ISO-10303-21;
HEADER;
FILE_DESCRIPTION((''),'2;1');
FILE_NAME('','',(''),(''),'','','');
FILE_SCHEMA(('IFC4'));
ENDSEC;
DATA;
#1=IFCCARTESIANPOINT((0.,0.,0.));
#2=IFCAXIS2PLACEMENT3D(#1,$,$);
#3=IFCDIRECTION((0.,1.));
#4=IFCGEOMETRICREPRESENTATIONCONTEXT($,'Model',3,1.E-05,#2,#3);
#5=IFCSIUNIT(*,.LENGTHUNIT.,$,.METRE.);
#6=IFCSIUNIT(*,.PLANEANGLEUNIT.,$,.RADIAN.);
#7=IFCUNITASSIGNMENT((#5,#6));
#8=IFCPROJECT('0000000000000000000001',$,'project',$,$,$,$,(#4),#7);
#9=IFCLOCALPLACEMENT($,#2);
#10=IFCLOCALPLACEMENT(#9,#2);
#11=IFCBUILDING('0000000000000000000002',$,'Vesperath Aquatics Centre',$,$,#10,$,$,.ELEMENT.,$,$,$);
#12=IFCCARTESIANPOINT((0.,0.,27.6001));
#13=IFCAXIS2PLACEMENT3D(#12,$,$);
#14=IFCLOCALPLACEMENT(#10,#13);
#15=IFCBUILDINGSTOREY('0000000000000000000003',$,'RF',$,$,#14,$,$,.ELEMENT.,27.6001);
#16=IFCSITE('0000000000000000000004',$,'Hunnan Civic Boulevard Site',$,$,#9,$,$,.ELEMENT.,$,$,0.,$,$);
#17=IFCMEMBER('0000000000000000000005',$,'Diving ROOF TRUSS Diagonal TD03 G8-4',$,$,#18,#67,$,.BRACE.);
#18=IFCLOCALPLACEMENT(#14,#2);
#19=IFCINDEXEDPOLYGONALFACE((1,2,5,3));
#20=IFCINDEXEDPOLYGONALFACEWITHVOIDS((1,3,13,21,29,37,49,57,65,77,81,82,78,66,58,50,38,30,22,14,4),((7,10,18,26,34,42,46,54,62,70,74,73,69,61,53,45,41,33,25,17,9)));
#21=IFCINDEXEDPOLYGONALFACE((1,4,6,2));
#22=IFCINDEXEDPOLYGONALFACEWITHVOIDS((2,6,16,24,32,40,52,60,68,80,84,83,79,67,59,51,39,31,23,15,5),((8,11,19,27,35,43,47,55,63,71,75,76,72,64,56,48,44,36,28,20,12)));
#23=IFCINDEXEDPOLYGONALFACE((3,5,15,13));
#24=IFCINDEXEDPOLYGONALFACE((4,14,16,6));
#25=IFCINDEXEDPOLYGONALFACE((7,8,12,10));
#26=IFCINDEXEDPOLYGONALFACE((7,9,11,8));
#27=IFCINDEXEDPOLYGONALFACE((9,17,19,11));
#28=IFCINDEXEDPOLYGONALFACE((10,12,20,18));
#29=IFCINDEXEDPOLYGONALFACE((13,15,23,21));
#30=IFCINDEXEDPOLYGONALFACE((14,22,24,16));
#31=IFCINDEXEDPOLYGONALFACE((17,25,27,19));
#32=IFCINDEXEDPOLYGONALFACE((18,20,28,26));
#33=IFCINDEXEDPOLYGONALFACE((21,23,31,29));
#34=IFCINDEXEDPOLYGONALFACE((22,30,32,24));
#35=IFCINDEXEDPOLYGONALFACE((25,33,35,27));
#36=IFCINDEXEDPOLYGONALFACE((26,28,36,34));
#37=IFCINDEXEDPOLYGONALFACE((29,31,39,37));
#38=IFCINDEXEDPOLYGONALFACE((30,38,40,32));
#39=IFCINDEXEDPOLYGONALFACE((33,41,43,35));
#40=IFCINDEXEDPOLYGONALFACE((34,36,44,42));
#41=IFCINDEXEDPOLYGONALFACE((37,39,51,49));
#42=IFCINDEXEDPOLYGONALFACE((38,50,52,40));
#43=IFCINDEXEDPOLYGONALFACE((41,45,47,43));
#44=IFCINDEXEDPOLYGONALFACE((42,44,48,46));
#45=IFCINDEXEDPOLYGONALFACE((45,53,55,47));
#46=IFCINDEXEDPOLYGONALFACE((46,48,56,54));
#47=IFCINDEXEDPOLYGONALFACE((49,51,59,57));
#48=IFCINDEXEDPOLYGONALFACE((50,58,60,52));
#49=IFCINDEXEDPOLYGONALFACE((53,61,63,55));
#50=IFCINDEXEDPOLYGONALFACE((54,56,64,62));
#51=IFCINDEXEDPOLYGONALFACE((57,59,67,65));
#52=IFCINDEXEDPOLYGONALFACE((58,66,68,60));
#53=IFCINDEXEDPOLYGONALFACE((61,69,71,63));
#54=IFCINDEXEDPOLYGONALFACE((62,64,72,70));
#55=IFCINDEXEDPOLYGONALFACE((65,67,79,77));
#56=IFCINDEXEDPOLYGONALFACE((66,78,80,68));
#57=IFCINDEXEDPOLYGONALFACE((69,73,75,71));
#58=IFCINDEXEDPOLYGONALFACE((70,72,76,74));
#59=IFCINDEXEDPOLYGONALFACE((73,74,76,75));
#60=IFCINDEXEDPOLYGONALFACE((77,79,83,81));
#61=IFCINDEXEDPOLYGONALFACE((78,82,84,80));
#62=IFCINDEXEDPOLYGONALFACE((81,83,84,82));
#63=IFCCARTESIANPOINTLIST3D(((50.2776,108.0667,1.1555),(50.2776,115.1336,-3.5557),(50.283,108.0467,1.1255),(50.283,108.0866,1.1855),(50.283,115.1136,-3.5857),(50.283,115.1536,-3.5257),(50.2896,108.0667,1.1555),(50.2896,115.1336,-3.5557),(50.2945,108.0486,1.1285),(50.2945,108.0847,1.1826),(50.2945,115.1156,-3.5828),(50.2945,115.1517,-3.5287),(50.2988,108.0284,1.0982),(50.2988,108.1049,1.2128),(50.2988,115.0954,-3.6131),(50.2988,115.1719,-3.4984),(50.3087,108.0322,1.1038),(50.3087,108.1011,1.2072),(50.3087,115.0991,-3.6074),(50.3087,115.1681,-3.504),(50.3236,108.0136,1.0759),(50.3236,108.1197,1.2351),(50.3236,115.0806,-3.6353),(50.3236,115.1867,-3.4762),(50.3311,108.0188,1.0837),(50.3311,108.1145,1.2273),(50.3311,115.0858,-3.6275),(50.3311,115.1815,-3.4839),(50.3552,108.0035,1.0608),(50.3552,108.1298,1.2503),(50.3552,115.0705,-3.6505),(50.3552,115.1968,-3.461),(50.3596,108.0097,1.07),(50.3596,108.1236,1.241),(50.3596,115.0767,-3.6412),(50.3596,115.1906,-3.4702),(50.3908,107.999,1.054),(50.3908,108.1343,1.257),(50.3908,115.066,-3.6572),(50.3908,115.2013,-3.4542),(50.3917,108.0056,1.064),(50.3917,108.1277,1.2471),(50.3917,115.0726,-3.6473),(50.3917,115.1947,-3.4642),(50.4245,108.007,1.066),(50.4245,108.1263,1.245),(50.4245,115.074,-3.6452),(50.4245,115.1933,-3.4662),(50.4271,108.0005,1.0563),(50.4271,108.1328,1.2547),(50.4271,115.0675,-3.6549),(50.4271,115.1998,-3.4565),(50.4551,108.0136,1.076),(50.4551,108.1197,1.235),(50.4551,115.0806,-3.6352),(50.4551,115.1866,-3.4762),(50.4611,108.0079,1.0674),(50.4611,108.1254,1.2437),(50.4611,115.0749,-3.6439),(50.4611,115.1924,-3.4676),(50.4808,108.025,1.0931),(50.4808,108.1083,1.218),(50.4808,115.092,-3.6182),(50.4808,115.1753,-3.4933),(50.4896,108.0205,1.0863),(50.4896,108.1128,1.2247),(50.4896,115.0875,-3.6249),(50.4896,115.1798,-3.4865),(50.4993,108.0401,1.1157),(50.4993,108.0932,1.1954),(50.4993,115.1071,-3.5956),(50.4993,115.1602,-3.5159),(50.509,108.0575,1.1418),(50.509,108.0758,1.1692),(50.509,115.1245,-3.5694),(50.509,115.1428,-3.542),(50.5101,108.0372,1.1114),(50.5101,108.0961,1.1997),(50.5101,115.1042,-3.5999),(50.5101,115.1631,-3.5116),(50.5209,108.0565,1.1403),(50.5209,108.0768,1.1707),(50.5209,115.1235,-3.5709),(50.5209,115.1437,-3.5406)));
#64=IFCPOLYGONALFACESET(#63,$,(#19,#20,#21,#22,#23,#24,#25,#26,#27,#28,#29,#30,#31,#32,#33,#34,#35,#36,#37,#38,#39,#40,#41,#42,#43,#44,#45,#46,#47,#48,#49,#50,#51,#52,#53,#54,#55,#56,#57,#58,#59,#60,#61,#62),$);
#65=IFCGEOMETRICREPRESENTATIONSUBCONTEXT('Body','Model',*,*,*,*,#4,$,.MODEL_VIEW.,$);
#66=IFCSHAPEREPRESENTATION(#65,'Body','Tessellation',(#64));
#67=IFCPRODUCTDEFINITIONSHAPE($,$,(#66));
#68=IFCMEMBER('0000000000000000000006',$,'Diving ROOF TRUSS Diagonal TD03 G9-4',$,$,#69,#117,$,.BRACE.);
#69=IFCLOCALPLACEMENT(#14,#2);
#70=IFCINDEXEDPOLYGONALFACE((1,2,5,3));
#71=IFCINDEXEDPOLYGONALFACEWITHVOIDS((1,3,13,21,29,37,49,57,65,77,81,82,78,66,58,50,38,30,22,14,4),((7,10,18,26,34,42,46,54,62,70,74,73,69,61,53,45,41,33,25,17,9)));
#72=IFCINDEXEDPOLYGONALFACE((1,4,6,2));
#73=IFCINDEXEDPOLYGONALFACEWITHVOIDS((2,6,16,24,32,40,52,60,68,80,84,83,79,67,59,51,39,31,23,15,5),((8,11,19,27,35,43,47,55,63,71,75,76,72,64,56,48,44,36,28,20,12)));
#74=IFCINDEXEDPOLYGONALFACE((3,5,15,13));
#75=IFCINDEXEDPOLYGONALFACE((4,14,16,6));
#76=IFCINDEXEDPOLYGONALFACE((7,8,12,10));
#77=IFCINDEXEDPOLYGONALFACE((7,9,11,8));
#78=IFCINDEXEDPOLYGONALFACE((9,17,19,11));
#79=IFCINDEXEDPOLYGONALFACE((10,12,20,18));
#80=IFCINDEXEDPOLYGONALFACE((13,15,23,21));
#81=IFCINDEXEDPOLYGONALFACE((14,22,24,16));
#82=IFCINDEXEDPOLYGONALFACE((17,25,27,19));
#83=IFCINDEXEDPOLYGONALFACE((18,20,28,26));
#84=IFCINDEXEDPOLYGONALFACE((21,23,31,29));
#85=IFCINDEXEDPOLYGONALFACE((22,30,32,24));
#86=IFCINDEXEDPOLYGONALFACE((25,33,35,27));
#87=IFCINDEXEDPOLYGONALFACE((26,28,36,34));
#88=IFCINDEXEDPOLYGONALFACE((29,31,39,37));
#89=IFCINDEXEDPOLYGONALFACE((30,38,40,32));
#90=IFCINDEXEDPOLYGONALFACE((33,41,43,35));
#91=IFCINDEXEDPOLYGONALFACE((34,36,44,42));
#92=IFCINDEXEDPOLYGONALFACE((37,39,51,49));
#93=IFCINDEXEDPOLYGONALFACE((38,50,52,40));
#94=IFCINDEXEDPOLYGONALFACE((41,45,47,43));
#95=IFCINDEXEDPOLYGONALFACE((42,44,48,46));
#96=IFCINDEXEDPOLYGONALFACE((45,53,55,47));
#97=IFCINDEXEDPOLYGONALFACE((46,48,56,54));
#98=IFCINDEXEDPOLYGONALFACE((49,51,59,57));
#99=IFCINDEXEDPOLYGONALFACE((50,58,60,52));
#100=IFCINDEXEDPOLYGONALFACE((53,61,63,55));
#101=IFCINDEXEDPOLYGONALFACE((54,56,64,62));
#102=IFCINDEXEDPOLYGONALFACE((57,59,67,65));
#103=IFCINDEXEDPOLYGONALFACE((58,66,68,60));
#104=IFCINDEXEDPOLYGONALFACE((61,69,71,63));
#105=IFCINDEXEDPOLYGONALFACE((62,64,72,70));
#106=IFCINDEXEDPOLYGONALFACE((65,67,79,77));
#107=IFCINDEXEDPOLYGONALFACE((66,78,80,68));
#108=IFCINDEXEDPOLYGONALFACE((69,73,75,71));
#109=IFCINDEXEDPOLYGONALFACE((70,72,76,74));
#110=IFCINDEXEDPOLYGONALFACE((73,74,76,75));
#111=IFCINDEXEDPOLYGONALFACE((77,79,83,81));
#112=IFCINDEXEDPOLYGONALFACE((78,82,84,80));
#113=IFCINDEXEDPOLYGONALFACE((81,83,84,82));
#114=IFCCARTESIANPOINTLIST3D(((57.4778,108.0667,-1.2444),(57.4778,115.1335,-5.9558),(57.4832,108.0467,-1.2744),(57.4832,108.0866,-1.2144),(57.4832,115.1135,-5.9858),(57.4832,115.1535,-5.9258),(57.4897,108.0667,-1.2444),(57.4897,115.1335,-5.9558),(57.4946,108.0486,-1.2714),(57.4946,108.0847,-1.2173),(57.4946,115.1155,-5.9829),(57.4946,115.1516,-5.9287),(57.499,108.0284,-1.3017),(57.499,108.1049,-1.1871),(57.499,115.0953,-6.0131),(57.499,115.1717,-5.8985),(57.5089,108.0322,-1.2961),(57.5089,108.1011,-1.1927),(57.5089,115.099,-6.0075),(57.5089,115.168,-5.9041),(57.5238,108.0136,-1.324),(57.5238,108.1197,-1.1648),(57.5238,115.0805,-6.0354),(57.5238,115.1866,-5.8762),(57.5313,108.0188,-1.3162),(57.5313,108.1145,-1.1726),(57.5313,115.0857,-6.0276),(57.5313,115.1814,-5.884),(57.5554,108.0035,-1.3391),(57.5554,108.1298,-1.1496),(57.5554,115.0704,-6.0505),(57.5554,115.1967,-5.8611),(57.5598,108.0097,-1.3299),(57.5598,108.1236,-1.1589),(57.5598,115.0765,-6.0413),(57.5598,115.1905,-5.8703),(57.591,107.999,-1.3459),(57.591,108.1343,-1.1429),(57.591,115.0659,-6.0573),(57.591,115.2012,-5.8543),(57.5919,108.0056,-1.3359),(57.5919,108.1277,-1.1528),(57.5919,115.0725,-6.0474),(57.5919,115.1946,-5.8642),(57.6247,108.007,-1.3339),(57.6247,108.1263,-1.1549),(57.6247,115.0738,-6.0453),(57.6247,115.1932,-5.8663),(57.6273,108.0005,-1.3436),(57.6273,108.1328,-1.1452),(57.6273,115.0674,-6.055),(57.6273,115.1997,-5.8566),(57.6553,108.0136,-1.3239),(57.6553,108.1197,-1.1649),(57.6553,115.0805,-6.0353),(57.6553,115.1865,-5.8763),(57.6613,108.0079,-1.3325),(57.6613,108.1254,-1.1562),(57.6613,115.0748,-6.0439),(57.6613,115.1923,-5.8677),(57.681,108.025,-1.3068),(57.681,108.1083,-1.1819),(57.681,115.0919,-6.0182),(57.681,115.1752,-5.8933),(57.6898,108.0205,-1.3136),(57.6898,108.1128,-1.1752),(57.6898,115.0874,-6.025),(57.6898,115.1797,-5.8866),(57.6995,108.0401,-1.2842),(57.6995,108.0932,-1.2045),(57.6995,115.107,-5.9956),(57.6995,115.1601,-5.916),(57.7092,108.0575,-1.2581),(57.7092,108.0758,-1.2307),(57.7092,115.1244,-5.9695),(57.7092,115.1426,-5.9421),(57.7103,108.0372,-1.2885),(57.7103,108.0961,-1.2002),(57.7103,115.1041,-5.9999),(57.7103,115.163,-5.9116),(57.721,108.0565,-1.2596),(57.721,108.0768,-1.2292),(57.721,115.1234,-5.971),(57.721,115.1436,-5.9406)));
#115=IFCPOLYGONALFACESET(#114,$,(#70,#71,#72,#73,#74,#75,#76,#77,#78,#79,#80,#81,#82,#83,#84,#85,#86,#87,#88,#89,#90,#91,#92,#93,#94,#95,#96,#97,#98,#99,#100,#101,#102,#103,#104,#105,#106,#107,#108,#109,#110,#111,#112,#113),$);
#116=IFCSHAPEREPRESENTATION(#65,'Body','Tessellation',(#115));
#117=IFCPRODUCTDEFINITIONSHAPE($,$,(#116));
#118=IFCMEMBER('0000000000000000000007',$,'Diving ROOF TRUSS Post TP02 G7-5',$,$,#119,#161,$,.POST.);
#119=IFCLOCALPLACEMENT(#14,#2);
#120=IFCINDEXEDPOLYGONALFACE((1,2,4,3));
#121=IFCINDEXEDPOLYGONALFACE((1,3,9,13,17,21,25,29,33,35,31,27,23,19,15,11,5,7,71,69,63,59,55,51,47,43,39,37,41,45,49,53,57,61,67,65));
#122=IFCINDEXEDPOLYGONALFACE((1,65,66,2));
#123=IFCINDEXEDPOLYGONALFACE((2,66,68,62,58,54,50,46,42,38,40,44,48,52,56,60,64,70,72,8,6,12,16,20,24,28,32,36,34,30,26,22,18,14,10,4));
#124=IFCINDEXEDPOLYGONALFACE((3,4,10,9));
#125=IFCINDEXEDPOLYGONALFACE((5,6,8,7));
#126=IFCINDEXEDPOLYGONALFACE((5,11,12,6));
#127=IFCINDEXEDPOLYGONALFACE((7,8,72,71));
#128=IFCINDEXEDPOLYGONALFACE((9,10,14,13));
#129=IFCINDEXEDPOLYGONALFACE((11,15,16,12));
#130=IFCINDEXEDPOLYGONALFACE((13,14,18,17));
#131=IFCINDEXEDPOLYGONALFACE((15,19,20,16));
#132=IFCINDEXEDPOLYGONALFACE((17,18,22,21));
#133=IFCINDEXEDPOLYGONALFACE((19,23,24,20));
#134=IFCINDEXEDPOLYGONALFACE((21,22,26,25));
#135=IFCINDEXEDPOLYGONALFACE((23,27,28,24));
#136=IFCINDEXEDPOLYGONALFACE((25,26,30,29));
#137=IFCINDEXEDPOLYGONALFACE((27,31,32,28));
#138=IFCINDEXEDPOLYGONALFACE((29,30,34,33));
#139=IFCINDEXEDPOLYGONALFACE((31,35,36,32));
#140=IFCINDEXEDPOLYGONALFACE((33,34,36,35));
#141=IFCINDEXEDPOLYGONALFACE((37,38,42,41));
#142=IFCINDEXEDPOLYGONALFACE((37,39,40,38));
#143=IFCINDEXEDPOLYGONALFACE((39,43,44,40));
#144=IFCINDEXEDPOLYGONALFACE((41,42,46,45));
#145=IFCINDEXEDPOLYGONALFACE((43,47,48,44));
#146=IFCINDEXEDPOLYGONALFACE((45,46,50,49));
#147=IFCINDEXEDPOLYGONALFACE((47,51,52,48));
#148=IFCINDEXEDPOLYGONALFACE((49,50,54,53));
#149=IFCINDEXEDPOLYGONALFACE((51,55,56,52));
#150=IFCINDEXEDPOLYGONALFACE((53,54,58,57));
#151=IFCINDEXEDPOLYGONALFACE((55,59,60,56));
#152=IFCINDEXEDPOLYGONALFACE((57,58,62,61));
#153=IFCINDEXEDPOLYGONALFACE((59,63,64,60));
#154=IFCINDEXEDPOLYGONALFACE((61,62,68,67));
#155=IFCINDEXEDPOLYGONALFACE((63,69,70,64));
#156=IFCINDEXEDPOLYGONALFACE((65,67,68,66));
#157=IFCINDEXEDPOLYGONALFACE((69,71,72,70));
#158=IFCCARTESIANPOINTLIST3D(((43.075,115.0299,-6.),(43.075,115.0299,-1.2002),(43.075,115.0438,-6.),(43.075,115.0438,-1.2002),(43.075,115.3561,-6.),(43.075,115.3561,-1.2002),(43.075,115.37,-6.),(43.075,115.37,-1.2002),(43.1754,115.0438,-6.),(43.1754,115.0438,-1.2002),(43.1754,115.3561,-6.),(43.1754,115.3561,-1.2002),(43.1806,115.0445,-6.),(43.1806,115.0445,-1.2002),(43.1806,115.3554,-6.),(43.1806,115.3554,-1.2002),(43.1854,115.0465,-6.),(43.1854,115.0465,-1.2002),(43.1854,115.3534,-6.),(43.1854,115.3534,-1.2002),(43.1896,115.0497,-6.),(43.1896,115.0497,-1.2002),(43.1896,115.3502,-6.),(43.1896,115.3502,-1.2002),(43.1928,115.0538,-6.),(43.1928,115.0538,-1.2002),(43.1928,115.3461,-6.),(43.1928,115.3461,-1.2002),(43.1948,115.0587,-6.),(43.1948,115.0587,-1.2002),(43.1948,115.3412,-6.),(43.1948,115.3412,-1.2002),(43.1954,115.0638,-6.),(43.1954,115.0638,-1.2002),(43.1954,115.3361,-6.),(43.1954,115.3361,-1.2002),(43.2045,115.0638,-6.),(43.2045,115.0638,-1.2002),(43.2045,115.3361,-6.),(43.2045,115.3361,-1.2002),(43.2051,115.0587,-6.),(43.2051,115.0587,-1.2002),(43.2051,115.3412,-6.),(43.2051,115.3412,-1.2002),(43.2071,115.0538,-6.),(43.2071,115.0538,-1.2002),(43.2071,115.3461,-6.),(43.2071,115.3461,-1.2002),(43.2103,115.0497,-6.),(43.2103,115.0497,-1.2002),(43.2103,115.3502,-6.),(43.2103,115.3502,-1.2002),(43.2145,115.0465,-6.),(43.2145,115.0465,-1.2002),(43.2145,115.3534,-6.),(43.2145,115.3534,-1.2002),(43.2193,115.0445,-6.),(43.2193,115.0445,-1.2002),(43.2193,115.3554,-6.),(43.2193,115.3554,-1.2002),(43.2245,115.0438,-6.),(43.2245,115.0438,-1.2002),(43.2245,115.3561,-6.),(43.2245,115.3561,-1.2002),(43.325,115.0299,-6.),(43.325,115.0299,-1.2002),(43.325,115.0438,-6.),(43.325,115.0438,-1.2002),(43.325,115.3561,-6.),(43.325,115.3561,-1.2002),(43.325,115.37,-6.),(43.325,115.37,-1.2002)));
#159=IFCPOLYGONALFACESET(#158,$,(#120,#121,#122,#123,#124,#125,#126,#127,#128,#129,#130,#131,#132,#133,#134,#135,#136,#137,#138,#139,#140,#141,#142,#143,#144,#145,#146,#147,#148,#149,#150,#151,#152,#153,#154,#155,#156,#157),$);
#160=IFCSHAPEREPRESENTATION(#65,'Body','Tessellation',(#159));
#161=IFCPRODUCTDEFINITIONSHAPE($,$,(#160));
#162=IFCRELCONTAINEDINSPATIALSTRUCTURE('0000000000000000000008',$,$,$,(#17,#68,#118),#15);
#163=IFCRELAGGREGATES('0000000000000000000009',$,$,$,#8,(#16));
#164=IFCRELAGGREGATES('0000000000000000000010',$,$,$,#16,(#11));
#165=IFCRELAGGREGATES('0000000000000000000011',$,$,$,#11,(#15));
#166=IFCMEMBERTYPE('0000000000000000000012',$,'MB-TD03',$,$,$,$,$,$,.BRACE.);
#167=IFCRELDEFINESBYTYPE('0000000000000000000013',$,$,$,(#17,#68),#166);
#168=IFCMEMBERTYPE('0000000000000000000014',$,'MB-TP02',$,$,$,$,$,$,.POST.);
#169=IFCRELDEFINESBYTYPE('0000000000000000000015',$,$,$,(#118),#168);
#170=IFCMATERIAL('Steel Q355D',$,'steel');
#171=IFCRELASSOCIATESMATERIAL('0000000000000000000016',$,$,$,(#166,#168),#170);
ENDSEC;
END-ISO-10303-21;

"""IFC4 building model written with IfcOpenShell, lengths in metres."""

from ifc_helpers import new_model, si_unit, direction, frame, origin, origin_2d, place, context, subcontext, project, spatial, hollow_circle, i_section, extrude, material, material_profile, profile_set, type_object, element, save


model = new_model("IFC4")

# Units and contexts
model_context = context("Model", 3, precision=1e-05, world=origin(), true_north=direction((0.0, 1.0)))
body_context = subcontext(model_context, "Body", "Model", "MODEL_VIEW")
ifc_project = project(units=[si_unit("LENGTHUNIT", "METRE"), si_unit("PLANEANGLEUNIT", "RADIAN")], contexts=[model_context])

# Site, building, storey
site_placement = place(None, origin())
site = spatial("IfcSite", under=ifc_project, at=site_placement, Name="Hunnan Civic Boulevard Site", CompositionType="ELEMENT", RefElevation=0.0)
building_placement = place(site_placement, origin())
building = spatial("IfcBuilding", under=site, at=building_placement, Name="Vesperath Aquatics Centre", CompositionType="ELEMENT")
storey_placement = place(building_placement, frame((0.0, 0.0, 27.6001)))
storey = spatial("IfcBuildingStorey", under=building, at=storey_placement, Name="RF", CompositionType="ELEMENT", Elevation=27.6001)

# Members
ifc_material_1 = material(Name="Steel Q355D", Category="steel")
ifc_material_profile_1 = material_profile(ifc_material_1, hollow_circle(Radius=0.1223, WallThickness=0.012, at=origin_2d()), Name="CHS 244.5x12")
ifc_profile_set_1 = profile_set([ifc_material_profile_1], Name="Steel Q355D")
member_type_1 = type_object("IfcMemberType", Name="MB-TD03", PredefinedType="BRACE", material=ifc_profile_set_1)
for number, where, z_axis, x_axis, name in (
    (1, (50.3999, 108.0667, 1.1555), (0.0, 0.832055, -0.554694), (-1.0, 0.0, 0.0), "Diving ROOF TRUSS Diagonal TD03 G8-4"),
    (2, (57.6001, 108.0667, -1.2444), (0.0, 0.832041, -0.554713), (-1.0, 0.0, 0.0), "Diving ROOF TRUSS Diagonal TD03 G9-4"),
):
    element("IfcMember", number, at=place(storey_placement, frame(where, z_axis=z_axis, x_axis=x_axis)), inside=storey, type_object=member_type_1, Name=name, PredefinedType="BRACE", context=body_context, shape_type="SweptSolid", body=[
        extrude(hollow_circle(Radius=0.1223, WallThickness=0.012, at=origin_2d()), origin(), (0.0, 0.0, 1.0), 8.4934),
    ])
ifc_material_profile_2 = material_profile(ifc_material_1, i_section(OverallWidth=0.25, OverallDepth=0.3401, WebThickness=0.009, FlangeThickness=0.0139, FilletRadius=0.02, at=origin_2d()), Name="HM 340x250x9x14")
ifc_profile_set_2 = profile_set([ifc_material_profile_2], Name="Steel Q355D")
member_type_2 = type_object("IfcMemberType", Name="MB-TP02", PredefinedType="POST", material=ifc_profile_set_2)
member_1_placement = place(storey_placement, frame((43.2, 115.2, -6.0), z_axis=(0.0, 0.0, 1.0), x_axis=(1.0, 0.0, 0.0)))
element("IfcMember", 3, at=member_1_placement, inside=storey, type_object=member_type_2, Name="Diving ROOF TRUSS Post TP02 G7-5", PredefinedType="POST", context=body_context, shape_type="SweptSolid", body=[
    extrude(i_section(OverallWidth=0.25, OverallDepth=0.3401, WebThickness=0.009, FlangeThickness=0.0139, FilletRadius=0.02, at=origin_2d()), origin(), (0.0, 0.0, 1.0), 4.7998),
])

save(model, "model.ifc")
